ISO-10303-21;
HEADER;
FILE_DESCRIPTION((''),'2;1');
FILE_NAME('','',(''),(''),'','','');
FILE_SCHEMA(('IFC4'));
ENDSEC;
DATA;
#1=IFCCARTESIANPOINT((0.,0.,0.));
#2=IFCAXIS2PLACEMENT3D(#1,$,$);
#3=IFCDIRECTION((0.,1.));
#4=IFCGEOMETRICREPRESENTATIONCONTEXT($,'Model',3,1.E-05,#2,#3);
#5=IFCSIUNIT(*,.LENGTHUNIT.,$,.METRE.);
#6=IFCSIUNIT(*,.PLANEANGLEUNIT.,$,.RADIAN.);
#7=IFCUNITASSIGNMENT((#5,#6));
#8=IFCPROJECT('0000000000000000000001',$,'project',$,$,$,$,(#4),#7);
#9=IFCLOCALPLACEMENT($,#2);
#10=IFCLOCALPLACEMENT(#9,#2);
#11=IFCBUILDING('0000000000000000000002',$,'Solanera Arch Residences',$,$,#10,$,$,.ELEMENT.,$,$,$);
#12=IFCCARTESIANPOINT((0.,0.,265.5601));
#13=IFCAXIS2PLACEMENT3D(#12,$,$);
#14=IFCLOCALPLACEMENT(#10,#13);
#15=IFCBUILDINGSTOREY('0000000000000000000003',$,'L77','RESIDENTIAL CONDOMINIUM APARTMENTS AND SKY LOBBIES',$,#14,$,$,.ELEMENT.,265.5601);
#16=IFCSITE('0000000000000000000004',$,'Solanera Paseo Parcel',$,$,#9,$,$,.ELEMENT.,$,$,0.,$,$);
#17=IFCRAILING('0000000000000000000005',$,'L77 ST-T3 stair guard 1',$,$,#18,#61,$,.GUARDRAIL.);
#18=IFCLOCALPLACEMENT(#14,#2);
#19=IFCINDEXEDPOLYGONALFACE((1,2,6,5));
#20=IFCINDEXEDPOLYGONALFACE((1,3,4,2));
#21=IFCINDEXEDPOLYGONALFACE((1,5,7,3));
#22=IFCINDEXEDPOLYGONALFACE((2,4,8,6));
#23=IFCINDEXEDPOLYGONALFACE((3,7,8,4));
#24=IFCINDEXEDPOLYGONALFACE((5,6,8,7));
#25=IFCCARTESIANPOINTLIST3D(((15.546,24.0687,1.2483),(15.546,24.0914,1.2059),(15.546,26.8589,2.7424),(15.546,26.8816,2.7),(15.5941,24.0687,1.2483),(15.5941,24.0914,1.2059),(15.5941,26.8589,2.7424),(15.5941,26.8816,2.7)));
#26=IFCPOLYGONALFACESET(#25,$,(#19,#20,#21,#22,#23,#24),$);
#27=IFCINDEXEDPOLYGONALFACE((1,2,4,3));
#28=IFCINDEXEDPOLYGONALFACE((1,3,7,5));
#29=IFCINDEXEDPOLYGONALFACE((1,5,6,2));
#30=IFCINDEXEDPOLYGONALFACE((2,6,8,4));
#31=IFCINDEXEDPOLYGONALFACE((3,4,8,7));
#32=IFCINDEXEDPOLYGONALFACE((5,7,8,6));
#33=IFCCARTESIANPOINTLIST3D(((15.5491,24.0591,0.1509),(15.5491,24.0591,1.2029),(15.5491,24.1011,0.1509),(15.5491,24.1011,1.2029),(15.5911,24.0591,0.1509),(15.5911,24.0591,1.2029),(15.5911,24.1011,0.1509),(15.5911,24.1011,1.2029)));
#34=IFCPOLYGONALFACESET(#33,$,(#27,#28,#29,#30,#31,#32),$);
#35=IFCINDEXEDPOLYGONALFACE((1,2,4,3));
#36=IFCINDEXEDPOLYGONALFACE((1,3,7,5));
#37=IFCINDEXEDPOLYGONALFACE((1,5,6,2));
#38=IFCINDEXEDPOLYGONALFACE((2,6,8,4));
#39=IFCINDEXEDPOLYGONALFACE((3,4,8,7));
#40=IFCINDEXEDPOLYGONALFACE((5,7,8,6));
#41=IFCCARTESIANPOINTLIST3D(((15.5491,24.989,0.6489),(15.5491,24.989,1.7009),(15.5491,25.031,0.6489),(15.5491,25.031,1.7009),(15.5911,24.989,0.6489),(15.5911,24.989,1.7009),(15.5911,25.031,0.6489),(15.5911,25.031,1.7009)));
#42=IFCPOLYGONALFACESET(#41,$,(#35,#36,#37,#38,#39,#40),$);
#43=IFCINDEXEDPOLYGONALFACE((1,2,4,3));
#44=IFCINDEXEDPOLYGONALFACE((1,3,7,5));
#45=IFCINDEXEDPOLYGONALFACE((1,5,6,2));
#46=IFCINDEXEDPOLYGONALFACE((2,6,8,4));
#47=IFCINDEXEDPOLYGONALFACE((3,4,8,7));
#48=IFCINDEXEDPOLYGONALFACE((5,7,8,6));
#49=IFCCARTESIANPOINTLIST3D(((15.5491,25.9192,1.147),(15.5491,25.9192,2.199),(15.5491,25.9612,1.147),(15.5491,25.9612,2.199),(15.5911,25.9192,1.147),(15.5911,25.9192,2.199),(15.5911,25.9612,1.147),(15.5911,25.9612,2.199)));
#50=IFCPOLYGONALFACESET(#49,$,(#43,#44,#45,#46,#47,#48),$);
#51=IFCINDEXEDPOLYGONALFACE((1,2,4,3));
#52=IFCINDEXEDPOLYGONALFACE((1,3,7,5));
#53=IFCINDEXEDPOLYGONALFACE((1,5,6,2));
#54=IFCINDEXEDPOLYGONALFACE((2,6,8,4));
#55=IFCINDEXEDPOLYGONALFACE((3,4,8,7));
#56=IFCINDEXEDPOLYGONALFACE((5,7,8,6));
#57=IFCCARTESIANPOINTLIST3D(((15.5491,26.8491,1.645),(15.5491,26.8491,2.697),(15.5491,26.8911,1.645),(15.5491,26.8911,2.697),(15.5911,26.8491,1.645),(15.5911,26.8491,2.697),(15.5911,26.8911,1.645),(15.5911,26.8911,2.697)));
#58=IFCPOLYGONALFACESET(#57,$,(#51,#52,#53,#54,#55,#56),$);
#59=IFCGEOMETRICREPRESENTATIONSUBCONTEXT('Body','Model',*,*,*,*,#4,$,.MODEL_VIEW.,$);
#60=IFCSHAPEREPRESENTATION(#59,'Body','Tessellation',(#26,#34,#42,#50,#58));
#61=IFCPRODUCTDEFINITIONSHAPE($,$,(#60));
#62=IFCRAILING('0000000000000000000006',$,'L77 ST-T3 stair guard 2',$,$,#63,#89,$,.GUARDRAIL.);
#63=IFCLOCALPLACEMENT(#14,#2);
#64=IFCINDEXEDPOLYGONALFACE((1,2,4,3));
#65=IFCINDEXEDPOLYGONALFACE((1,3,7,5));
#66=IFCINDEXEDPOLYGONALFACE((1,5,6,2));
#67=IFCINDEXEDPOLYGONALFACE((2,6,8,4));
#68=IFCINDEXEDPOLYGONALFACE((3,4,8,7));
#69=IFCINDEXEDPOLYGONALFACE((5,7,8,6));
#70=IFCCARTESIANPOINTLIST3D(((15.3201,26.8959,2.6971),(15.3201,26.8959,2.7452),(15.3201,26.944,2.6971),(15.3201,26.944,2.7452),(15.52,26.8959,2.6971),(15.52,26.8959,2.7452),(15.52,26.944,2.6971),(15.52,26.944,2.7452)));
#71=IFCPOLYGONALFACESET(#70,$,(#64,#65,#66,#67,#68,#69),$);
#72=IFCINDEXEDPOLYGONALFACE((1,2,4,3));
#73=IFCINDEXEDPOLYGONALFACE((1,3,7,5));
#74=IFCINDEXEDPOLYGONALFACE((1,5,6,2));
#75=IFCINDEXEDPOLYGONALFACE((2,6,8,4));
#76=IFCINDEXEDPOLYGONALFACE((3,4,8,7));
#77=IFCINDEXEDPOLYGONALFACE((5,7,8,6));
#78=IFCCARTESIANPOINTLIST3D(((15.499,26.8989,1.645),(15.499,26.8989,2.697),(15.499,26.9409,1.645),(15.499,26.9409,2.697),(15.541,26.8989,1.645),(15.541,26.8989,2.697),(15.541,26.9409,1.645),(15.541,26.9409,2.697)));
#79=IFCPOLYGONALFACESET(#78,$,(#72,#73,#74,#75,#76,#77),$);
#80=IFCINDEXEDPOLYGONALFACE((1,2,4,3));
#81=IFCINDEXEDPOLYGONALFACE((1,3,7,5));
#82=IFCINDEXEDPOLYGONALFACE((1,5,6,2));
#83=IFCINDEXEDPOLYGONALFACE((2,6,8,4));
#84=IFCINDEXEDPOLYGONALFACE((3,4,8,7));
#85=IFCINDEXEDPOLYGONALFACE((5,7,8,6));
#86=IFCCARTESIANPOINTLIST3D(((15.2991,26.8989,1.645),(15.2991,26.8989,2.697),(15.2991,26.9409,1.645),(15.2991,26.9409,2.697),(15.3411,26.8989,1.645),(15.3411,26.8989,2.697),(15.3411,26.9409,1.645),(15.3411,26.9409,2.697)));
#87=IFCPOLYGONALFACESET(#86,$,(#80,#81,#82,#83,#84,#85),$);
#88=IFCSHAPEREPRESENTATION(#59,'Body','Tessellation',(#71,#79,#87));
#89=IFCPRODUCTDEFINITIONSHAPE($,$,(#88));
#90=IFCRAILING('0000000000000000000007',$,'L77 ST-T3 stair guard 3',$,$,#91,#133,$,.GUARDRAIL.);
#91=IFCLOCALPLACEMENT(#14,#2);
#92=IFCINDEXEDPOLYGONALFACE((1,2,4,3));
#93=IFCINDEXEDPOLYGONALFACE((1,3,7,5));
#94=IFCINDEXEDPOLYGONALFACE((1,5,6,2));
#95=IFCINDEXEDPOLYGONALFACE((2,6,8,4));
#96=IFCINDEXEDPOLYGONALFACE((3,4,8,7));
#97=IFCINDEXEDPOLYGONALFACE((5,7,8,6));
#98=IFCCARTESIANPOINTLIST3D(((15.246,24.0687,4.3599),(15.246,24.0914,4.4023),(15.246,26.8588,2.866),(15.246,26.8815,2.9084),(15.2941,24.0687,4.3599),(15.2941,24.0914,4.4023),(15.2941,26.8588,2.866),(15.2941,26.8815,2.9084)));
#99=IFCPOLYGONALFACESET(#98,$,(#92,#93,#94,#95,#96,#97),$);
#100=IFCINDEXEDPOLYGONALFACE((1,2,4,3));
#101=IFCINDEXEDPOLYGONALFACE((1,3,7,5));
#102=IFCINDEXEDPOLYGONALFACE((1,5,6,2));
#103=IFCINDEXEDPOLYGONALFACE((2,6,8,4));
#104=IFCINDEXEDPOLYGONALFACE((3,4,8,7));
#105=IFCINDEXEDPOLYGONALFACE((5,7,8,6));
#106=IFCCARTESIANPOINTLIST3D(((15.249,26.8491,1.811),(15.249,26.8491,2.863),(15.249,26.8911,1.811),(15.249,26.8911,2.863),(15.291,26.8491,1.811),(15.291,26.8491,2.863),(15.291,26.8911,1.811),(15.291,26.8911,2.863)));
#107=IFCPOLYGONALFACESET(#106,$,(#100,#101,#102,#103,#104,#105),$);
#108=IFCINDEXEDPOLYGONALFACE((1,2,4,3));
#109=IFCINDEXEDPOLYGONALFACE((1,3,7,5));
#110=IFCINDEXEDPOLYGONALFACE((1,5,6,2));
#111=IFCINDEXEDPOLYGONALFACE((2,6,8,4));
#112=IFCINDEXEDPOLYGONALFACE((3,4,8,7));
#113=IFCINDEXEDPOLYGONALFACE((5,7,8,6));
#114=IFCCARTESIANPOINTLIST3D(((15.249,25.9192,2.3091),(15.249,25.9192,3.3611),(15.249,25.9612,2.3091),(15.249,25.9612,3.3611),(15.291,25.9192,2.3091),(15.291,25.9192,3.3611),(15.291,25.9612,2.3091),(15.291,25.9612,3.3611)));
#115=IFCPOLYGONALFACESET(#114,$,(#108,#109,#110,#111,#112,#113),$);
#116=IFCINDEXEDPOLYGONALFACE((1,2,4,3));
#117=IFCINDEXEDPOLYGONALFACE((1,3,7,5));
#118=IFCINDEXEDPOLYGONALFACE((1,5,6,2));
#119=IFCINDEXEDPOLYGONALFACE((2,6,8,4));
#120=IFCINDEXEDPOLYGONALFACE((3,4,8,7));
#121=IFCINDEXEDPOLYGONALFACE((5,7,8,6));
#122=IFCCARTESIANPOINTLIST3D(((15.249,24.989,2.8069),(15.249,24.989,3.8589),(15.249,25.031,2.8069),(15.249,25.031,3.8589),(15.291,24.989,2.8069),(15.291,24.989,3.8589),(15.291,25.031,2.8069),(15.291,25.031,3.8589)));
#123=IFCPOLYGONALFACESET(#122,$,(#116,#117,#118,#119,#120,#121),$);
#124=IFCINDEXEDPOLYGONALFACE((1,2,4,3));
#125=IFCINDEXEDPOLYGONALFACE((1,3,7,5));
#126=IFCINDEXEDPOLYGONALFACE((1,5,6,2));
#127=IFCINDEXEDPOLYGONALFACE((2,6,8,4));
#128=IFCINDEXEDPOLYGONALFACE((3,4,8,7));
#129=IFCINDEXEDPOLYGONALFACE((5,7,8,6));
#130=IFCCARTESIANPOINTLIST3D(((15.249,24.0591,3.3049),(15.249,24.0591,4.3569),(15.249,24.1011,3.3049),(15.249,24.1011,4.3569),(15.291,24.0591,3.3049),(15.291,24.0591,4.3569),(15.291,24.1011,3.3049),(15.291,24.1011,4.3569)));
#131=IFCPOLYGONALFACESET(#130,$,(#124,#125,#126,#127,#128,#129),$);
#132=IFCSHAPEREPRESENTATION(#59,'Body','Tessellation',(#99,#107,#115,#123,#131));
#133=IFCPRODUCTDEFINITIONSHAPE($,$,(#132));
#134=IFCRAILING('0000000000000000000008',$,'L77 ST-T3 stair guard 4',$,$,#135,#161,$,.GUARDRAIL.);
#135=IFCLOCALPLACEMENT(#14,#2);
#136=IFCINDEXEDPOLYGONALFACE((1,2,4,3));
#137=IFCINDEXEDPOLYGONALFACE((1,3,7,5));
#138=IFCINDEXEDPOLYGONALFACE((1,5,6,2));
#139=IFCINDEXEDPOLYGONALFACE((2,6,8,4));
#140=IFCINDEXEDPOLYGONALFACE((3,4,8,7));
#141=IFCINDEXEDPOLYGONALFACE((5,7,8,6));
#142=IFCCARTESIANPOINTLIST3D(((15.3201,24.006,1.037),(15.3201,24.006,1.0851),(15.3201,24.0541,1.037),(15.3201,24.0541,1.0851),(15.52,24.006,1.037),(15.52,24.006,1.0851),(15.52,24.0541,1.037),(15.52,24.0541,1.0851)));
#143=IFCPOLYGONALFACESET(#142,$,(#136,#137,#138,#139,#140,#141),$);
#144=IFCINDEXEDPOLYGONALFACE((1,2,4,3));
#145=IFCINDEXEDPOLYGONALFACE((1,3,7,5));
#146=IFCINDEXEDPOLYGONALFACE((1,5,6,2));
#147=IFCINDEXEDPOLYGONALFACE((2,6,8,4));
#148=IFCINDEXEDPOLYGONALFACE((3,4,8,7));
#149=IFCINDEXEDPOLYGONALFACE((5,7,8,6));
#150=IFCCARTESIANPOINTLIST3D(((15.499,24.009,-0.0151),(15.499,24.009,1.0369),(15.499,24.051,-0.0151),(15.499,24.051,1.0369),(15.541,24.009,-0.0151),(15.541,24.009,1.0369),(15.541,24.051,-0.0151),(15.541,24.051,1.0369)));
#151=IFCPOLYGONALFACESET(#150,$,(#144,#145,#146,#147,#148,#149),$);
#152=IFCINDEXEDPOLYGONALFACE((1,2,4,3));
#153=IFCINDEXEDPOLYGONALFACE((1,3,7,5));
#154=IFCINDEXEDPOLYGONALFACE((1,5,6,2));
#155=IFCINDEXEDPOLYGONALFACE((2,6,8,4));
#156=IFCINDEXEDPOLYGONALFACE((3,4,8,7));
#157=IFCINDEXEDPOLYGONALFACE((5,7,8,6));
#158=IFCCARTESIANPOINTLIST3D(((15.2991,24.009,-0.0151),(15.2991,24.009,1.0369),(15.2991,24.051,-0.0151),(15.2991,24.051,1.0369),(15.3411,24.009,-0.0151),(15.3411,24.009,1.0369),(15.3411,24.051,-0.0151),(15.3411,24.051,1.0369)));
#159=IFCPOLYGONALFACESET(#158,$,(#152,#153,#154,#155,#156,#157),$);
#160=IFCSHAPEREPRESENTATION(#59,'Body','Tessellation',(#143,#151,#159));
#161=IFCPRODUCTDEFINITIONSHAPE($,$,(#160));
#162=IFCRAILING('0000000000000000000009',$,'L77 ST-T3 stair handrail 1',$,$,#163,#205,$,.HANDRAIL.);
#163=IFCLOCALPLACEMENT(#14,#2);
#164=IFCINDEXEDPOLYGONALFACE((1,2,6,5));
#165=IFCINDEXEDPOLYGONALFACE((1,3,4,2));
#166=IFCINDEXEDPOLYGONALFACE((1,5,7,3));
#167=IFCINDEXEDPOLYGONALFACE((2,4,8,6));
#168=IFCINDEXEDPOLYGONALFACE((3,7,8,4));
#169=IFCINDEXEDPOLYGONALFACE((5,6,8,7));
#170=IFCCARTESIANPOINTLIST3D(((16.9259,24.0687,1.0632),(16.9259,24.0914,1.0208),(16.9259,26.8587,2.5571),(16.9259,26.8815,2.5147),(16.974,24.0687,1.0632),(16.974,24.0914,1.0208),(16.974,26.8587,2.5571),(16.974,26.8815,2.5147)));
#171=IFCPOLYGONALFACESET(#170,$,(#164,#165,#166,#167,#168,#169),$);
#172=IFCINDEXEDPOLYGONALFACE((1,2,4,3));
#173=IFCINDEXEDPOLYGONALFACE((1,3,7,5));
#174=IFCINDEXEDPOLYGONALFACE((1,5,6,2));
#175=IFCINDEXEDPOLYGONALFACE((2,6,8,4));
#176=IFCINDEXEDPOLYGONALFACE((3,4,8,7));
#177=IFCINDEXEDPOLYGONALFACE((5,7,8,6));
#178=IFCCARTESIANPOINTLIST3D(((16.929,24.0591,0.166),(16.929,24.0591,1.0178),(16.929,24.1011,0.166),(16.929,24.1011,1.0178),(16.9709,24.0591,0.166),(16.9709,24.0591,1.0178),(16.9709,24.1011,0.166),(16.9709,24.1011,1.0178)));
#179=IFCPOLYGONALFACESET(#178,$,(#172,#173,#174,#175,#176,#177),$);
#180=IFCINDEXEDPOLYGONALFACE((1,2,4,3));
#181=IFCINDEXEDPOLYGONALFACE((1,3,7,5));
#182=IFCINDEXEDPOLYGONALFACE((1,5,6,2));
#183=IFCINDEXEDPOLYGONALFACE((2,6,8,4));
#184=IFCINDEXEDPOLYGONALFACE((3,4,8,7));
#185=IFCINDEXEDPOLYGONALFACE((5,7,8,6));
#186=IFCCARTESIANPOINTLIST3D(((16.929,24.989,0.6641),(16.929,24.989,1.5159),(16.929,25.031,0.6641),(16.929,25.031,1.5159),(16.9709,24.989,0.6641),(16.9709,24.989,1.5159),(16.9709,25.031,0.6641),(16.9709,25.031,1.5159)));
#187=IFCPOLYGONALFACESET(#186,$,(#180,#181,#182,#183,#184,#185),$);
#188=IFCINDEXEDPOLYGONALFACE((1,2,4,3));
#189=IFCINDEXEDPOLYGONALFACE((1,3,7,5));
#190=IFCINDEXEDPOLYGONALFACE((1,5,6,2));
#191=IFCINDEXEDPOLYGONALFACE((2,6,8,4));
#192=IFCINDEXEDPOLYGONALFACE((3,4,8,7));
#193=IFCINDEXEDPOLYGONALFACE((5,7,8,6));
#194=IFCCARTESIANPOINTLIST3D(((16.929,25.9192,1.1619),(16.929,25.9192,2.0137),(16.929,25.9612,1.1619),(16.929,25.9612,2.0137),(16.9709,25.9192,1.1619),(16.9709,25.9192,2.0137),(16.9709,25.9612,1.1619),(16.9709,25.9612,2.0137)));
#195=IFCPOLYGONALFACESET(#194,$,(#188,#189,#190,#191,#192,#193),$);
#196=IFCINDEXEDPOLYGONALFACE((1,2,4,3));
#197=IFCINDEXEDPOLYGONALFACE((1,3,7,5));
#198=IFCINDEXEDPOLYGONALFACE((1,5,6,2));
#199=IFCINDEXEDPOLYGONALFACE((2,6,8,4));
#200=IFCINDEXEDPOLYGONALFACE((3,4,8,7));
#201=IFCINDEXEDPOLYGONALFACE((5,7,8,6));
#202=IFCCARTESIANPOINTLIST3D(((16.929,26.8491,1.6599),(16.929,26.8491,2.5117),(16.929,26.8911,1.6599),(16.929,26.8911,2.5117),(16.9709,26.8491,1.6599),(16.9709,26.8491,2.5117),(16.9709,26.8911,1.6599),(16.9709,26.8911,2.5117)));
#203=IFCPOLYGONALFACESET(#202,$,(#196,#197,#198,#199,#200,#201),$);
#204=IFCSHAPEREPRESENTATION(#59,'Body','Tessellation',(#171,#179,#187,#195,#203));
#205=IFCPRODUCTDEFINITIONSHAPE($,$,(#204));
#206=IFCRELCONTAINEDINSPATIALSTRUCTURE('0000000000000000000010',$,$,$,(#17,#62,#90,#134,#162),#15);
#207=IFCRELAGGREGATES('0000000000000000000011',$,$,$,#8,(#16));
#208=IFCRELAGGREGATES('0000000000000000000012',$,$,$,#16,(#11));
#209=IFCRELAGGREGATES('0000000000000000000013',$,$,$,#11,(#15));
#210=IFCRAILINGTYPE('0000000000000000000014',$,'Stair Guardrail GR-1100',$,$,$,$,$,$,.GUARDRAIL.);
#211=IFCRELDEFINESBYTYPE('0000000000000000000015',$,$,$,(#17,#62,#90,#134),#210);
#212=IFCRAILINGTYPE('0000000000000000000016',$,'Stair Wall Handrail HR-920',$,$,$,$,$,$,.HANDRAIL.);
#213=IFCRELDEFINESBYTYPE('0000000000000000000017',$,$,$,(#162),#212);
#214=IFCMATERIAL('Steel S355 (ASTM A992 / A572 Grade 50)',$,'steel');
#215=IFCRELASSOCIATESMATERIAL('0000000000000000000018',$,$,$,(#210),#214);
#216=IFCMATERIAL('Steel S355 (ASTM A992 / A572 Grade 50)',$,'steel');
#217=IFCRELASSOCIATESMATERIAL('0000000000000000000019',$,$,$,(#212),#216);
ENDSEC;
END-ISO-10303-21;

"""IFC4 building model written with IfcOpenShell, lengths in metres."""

from ifc_helpers import new_model, si_unit, direction, frame, origin, origin_2d, place, context, subcontext, project, spatial, rectangle, extrude, material, type_object, element, save


model = new_model("IFC4")

# Units and contexts
model_context = context("Model", 3, precision=1e-05, world=origin(), true_north=direction((0.0, 1.0)))
body_context = subcontext(model_context, "Body", "Model", "MODEL_VIEW")
ifc_project = project(units=[si_unit("LENGTHUNIT", "METRE"), si_unit("PLANEANGLEUNIT", "RADIAN")], contexts=[model_context])

# Site, building, storey
site_placement = place(None, origin())
site = spatial("IfcSite", under=ifc_project, at=site_placement, Name="Solanera Paseo Parcel", CompositionType="ELEMENT", RefElevation=0.0)
building_placement = place(site_placement, origin())
building = spatial("IfcBuilding", under=site, at=building_placement, Name="Solanera Arch Residences", CompositionType="ELEMENT")
storey_placement = place(building_placement, frame((0.0, 0.0, 265.5601)))
storey = spatial("IfcBuildingStorey", under=building, at=storey_placement, Name="L77", Description="RESIDENTIAL CONDOMINIUM APARTMENTS AND SKY LOBBIES", CompositionType="ELEMENT", Elevation=265.5601)

# Railings
ifc_material_1 = material(Name="Steel S355 (ASTM A992 / A572 Grade 50)", Category="steel")
railing_type_1 = type_object("IfcRailingType", Name="Stair Guardrail GR-1100", PredefinedType="GUARDRAIL", material=ifc_material_1)
railing_1_placement = place(storey_placement, frame((15.5701, 24.0801, 0.1509)))
element("IfcRailing", 1, at=railing_1_placement, inside=storey, type_object=railing_type_1, Name="L77 ST-T3 stair guard 1", PredefinedType="GUARDRAIL", context=body_context, shape_type="SweptSolid", body=[
    extrude(rectangle(XDim=0.0481, YDim=0.0481, at=origin_2d()), frame((0.0, 0.0, 1.0762), z_axis=(0.0, 0.881549, 0.472093), x_axis=(-1.0, 0.0, 0.0)), (0.0, 0.0, 1.0), 3.165),
    extrude(rectangle(XDim=0.042, YDim=0.042, at=origin_2d()), origin(), (0.0, 0.0, 1.0), 1.052),
    extrude(rectangle(XDim=0.042, YDim=0.042, at=origin_2d()), frame((0.0, 0.9299, 0.498)), (0.0, 0.0, 1.0), 1.052),
    extrude(rectangle(XDim=0.042, YDim=0.042, at=origin_2d()), frame((0.0, 1.8601, 0.9961)), (0.0, 0.0, 1.0), 1.052),
    extrude(rectangle(XDim=0.042, YDim=0.042, at=origin_2d()), frame((0.0, 2.79, 1.4941)), (0.0, 0.0, 1.0), 1.052),
])
railing_2_placement = place(storey_placement, frame((15.52, 26.9199, 1.645)))
element("IfcRailing", 2, at=railing_2_placement, inside=storey, type_object=railing_type_1, Name="L77 ST-T3 stair guard 2", PredefinedType="GUARDRAIL", context=body_context, shape_type="SweptSolid", body=[
    extrude(rectangle(XDim=0.0481, YDim=0.0481, at=origin_2d()), frame((0.0, 0.0, 1.0762), z_axis=(-1.0, 0.0, 0.0), x_axis=(0.0, -1.0, 0.0)), (0.0, 0.0, 1.0), 0.2),
    extrude(rectangle(XDim=0.042, YDim=0.042, at=origin_2d()), origin(), (0.0, 0.0, 1.0), 1.052),
    extrude(rectangle(XDim=0.042, YDim=0.042, at=origin_2d()), frame((-0.2, 0.0, 0.0)), (0.0, 0.0, 1.0), 1.052),
])
railing_3_placement = place(storey_placement, frame((15.27, 26.8701, 1.811)))
element("IfcRailing", 3, at=railing_3_placement, inside=storey, type_object=railing_type_1, Name="L77 ST-T3 stair guard 3", PredefinedType="GUARDRAIL", context=body_context, shape_type="SweptSolid", body=[
    extrude(rectangle(XDim=0.0481, YDim=0.0481, at=origin_2d()), frame((0.0, 0.0, 1.0762), z_axis=(0.0, -0.881581, 0.472033), x_axis=(1.0, 0.0, 0.0)), (0.0, 0.0, 1.0), 3.1648),
    extrude(rectangle(XDim=0.042, YDim=0.042, at=origin_2d()), origin(), (0.0, 0.0, 1.0), 1.052),
    extrude(rectangle(XDim=0.042, YDim=0.042, at=origin_2d()), frame((0.0, -0.9299, 0.498)), (0.0, 0.0, 1.0), 1.052),
    extrude(rectangle(XDim=0.042, YDim=0.042, at=origin_2d()), frame((0.0, -1.8601, 0.9958)), (0.0, 0.0, 1.0), 1.052),
    extrude(rectangle(XDim=0.042, YDim=0.042, at=origin_2d()), frame((0.0, -2.79, 1.4939)), (0.0, 0.0, 1.0), 1.052),
])
railing_4_placement = place(storey_placement, frame((15.52, 24.03, -0.0151)))
element("IfcRailing", 4, at=railing_4_placement, inside=storey, type_object=railing_type_1, Name="L77 ST-T3 stair guard 4", PredefinedType="GUARDRAIL", context=body_context, shape_type="SweptSolid", body=[
    extrude(rectangle(XDim=0.0481, YDim=0.0481, at=origin_2d()), frame((0.0, 0.0, 1.0762), z_axis=(-1.0, 0.0, 0.0), x_axis=(0.0, -1.0, 0.0)), (0.0, 0.0, 1.0), 0.2),
    extrude(rectangle(XDim=0.042, YDim=0.042, at=origin_2d()), origin(), (0.0, 0.0, 1.0), 1.052),
    extrude(rectangle(XDim=0.042, YDim=0.042, at=origin_2d()), frame((-0.2, 0.0, 0.0)), (0.0, 0.0, 1.0), 1.052),
])
ifc_material_2 = material(Name="Steel S355 (ASTM A992 / A572 Grade 50)", Category="steel")
railing_type_2 = type_object("IfcRailingType", Name="Stair Wall Handrail HR-920", PredefinedType="HANDRAIL", material=ifc_material_2)
railing_5_placement = place(storey_placement, frame((16.95, 24.0801, 0.166)))
element("IfcRailing", 5, at=railing_5_placement, inside=storey, type_object=railing_type_2, Name="L77 ST-T3 stair handrail 1", PredefinedType="HANDRAIL", context=body_context, shape_type="SweptSolid", body=[
    extrude(rectangle(XDim=0.0481, YDim=0.0481, at=origin_2d()), frame((0.0, 0.0, 0.876), z_axis=(0.0, 0.881581, 0.472033), x_axis=(-1.0, 0.0, 0.0)), (0.0, 0.0, 1.0), 3.1648),
    extrude(rectangle(XDim=0.042, YDim=0.042, at=origin_2d()), origin(), (0.0, 0.0, 1.0), 0.8518),
    extrude(rectangle(XDim=0.042, YDim=0.042, at=origin_2d()), frame((0.0, 0.9299, 0.498)), (0.0, 0.0, 1.0), 0.8518),
    extrude(rectangle(XDim=0.042, YDim=0.042, at=origin_2d()), frame((0.0, 1.8601, 0.9958)), (0.0, 0.0, 1.0), 0.8518),
    extrude(rectangle(XDim=0.042, YDim=0.042, at=origin_2d()), frame((0.0, 2.79, 1.4939)), (0.0, 0.0, 1.0), 0.8518),
])

save(model, "model.ifc")
